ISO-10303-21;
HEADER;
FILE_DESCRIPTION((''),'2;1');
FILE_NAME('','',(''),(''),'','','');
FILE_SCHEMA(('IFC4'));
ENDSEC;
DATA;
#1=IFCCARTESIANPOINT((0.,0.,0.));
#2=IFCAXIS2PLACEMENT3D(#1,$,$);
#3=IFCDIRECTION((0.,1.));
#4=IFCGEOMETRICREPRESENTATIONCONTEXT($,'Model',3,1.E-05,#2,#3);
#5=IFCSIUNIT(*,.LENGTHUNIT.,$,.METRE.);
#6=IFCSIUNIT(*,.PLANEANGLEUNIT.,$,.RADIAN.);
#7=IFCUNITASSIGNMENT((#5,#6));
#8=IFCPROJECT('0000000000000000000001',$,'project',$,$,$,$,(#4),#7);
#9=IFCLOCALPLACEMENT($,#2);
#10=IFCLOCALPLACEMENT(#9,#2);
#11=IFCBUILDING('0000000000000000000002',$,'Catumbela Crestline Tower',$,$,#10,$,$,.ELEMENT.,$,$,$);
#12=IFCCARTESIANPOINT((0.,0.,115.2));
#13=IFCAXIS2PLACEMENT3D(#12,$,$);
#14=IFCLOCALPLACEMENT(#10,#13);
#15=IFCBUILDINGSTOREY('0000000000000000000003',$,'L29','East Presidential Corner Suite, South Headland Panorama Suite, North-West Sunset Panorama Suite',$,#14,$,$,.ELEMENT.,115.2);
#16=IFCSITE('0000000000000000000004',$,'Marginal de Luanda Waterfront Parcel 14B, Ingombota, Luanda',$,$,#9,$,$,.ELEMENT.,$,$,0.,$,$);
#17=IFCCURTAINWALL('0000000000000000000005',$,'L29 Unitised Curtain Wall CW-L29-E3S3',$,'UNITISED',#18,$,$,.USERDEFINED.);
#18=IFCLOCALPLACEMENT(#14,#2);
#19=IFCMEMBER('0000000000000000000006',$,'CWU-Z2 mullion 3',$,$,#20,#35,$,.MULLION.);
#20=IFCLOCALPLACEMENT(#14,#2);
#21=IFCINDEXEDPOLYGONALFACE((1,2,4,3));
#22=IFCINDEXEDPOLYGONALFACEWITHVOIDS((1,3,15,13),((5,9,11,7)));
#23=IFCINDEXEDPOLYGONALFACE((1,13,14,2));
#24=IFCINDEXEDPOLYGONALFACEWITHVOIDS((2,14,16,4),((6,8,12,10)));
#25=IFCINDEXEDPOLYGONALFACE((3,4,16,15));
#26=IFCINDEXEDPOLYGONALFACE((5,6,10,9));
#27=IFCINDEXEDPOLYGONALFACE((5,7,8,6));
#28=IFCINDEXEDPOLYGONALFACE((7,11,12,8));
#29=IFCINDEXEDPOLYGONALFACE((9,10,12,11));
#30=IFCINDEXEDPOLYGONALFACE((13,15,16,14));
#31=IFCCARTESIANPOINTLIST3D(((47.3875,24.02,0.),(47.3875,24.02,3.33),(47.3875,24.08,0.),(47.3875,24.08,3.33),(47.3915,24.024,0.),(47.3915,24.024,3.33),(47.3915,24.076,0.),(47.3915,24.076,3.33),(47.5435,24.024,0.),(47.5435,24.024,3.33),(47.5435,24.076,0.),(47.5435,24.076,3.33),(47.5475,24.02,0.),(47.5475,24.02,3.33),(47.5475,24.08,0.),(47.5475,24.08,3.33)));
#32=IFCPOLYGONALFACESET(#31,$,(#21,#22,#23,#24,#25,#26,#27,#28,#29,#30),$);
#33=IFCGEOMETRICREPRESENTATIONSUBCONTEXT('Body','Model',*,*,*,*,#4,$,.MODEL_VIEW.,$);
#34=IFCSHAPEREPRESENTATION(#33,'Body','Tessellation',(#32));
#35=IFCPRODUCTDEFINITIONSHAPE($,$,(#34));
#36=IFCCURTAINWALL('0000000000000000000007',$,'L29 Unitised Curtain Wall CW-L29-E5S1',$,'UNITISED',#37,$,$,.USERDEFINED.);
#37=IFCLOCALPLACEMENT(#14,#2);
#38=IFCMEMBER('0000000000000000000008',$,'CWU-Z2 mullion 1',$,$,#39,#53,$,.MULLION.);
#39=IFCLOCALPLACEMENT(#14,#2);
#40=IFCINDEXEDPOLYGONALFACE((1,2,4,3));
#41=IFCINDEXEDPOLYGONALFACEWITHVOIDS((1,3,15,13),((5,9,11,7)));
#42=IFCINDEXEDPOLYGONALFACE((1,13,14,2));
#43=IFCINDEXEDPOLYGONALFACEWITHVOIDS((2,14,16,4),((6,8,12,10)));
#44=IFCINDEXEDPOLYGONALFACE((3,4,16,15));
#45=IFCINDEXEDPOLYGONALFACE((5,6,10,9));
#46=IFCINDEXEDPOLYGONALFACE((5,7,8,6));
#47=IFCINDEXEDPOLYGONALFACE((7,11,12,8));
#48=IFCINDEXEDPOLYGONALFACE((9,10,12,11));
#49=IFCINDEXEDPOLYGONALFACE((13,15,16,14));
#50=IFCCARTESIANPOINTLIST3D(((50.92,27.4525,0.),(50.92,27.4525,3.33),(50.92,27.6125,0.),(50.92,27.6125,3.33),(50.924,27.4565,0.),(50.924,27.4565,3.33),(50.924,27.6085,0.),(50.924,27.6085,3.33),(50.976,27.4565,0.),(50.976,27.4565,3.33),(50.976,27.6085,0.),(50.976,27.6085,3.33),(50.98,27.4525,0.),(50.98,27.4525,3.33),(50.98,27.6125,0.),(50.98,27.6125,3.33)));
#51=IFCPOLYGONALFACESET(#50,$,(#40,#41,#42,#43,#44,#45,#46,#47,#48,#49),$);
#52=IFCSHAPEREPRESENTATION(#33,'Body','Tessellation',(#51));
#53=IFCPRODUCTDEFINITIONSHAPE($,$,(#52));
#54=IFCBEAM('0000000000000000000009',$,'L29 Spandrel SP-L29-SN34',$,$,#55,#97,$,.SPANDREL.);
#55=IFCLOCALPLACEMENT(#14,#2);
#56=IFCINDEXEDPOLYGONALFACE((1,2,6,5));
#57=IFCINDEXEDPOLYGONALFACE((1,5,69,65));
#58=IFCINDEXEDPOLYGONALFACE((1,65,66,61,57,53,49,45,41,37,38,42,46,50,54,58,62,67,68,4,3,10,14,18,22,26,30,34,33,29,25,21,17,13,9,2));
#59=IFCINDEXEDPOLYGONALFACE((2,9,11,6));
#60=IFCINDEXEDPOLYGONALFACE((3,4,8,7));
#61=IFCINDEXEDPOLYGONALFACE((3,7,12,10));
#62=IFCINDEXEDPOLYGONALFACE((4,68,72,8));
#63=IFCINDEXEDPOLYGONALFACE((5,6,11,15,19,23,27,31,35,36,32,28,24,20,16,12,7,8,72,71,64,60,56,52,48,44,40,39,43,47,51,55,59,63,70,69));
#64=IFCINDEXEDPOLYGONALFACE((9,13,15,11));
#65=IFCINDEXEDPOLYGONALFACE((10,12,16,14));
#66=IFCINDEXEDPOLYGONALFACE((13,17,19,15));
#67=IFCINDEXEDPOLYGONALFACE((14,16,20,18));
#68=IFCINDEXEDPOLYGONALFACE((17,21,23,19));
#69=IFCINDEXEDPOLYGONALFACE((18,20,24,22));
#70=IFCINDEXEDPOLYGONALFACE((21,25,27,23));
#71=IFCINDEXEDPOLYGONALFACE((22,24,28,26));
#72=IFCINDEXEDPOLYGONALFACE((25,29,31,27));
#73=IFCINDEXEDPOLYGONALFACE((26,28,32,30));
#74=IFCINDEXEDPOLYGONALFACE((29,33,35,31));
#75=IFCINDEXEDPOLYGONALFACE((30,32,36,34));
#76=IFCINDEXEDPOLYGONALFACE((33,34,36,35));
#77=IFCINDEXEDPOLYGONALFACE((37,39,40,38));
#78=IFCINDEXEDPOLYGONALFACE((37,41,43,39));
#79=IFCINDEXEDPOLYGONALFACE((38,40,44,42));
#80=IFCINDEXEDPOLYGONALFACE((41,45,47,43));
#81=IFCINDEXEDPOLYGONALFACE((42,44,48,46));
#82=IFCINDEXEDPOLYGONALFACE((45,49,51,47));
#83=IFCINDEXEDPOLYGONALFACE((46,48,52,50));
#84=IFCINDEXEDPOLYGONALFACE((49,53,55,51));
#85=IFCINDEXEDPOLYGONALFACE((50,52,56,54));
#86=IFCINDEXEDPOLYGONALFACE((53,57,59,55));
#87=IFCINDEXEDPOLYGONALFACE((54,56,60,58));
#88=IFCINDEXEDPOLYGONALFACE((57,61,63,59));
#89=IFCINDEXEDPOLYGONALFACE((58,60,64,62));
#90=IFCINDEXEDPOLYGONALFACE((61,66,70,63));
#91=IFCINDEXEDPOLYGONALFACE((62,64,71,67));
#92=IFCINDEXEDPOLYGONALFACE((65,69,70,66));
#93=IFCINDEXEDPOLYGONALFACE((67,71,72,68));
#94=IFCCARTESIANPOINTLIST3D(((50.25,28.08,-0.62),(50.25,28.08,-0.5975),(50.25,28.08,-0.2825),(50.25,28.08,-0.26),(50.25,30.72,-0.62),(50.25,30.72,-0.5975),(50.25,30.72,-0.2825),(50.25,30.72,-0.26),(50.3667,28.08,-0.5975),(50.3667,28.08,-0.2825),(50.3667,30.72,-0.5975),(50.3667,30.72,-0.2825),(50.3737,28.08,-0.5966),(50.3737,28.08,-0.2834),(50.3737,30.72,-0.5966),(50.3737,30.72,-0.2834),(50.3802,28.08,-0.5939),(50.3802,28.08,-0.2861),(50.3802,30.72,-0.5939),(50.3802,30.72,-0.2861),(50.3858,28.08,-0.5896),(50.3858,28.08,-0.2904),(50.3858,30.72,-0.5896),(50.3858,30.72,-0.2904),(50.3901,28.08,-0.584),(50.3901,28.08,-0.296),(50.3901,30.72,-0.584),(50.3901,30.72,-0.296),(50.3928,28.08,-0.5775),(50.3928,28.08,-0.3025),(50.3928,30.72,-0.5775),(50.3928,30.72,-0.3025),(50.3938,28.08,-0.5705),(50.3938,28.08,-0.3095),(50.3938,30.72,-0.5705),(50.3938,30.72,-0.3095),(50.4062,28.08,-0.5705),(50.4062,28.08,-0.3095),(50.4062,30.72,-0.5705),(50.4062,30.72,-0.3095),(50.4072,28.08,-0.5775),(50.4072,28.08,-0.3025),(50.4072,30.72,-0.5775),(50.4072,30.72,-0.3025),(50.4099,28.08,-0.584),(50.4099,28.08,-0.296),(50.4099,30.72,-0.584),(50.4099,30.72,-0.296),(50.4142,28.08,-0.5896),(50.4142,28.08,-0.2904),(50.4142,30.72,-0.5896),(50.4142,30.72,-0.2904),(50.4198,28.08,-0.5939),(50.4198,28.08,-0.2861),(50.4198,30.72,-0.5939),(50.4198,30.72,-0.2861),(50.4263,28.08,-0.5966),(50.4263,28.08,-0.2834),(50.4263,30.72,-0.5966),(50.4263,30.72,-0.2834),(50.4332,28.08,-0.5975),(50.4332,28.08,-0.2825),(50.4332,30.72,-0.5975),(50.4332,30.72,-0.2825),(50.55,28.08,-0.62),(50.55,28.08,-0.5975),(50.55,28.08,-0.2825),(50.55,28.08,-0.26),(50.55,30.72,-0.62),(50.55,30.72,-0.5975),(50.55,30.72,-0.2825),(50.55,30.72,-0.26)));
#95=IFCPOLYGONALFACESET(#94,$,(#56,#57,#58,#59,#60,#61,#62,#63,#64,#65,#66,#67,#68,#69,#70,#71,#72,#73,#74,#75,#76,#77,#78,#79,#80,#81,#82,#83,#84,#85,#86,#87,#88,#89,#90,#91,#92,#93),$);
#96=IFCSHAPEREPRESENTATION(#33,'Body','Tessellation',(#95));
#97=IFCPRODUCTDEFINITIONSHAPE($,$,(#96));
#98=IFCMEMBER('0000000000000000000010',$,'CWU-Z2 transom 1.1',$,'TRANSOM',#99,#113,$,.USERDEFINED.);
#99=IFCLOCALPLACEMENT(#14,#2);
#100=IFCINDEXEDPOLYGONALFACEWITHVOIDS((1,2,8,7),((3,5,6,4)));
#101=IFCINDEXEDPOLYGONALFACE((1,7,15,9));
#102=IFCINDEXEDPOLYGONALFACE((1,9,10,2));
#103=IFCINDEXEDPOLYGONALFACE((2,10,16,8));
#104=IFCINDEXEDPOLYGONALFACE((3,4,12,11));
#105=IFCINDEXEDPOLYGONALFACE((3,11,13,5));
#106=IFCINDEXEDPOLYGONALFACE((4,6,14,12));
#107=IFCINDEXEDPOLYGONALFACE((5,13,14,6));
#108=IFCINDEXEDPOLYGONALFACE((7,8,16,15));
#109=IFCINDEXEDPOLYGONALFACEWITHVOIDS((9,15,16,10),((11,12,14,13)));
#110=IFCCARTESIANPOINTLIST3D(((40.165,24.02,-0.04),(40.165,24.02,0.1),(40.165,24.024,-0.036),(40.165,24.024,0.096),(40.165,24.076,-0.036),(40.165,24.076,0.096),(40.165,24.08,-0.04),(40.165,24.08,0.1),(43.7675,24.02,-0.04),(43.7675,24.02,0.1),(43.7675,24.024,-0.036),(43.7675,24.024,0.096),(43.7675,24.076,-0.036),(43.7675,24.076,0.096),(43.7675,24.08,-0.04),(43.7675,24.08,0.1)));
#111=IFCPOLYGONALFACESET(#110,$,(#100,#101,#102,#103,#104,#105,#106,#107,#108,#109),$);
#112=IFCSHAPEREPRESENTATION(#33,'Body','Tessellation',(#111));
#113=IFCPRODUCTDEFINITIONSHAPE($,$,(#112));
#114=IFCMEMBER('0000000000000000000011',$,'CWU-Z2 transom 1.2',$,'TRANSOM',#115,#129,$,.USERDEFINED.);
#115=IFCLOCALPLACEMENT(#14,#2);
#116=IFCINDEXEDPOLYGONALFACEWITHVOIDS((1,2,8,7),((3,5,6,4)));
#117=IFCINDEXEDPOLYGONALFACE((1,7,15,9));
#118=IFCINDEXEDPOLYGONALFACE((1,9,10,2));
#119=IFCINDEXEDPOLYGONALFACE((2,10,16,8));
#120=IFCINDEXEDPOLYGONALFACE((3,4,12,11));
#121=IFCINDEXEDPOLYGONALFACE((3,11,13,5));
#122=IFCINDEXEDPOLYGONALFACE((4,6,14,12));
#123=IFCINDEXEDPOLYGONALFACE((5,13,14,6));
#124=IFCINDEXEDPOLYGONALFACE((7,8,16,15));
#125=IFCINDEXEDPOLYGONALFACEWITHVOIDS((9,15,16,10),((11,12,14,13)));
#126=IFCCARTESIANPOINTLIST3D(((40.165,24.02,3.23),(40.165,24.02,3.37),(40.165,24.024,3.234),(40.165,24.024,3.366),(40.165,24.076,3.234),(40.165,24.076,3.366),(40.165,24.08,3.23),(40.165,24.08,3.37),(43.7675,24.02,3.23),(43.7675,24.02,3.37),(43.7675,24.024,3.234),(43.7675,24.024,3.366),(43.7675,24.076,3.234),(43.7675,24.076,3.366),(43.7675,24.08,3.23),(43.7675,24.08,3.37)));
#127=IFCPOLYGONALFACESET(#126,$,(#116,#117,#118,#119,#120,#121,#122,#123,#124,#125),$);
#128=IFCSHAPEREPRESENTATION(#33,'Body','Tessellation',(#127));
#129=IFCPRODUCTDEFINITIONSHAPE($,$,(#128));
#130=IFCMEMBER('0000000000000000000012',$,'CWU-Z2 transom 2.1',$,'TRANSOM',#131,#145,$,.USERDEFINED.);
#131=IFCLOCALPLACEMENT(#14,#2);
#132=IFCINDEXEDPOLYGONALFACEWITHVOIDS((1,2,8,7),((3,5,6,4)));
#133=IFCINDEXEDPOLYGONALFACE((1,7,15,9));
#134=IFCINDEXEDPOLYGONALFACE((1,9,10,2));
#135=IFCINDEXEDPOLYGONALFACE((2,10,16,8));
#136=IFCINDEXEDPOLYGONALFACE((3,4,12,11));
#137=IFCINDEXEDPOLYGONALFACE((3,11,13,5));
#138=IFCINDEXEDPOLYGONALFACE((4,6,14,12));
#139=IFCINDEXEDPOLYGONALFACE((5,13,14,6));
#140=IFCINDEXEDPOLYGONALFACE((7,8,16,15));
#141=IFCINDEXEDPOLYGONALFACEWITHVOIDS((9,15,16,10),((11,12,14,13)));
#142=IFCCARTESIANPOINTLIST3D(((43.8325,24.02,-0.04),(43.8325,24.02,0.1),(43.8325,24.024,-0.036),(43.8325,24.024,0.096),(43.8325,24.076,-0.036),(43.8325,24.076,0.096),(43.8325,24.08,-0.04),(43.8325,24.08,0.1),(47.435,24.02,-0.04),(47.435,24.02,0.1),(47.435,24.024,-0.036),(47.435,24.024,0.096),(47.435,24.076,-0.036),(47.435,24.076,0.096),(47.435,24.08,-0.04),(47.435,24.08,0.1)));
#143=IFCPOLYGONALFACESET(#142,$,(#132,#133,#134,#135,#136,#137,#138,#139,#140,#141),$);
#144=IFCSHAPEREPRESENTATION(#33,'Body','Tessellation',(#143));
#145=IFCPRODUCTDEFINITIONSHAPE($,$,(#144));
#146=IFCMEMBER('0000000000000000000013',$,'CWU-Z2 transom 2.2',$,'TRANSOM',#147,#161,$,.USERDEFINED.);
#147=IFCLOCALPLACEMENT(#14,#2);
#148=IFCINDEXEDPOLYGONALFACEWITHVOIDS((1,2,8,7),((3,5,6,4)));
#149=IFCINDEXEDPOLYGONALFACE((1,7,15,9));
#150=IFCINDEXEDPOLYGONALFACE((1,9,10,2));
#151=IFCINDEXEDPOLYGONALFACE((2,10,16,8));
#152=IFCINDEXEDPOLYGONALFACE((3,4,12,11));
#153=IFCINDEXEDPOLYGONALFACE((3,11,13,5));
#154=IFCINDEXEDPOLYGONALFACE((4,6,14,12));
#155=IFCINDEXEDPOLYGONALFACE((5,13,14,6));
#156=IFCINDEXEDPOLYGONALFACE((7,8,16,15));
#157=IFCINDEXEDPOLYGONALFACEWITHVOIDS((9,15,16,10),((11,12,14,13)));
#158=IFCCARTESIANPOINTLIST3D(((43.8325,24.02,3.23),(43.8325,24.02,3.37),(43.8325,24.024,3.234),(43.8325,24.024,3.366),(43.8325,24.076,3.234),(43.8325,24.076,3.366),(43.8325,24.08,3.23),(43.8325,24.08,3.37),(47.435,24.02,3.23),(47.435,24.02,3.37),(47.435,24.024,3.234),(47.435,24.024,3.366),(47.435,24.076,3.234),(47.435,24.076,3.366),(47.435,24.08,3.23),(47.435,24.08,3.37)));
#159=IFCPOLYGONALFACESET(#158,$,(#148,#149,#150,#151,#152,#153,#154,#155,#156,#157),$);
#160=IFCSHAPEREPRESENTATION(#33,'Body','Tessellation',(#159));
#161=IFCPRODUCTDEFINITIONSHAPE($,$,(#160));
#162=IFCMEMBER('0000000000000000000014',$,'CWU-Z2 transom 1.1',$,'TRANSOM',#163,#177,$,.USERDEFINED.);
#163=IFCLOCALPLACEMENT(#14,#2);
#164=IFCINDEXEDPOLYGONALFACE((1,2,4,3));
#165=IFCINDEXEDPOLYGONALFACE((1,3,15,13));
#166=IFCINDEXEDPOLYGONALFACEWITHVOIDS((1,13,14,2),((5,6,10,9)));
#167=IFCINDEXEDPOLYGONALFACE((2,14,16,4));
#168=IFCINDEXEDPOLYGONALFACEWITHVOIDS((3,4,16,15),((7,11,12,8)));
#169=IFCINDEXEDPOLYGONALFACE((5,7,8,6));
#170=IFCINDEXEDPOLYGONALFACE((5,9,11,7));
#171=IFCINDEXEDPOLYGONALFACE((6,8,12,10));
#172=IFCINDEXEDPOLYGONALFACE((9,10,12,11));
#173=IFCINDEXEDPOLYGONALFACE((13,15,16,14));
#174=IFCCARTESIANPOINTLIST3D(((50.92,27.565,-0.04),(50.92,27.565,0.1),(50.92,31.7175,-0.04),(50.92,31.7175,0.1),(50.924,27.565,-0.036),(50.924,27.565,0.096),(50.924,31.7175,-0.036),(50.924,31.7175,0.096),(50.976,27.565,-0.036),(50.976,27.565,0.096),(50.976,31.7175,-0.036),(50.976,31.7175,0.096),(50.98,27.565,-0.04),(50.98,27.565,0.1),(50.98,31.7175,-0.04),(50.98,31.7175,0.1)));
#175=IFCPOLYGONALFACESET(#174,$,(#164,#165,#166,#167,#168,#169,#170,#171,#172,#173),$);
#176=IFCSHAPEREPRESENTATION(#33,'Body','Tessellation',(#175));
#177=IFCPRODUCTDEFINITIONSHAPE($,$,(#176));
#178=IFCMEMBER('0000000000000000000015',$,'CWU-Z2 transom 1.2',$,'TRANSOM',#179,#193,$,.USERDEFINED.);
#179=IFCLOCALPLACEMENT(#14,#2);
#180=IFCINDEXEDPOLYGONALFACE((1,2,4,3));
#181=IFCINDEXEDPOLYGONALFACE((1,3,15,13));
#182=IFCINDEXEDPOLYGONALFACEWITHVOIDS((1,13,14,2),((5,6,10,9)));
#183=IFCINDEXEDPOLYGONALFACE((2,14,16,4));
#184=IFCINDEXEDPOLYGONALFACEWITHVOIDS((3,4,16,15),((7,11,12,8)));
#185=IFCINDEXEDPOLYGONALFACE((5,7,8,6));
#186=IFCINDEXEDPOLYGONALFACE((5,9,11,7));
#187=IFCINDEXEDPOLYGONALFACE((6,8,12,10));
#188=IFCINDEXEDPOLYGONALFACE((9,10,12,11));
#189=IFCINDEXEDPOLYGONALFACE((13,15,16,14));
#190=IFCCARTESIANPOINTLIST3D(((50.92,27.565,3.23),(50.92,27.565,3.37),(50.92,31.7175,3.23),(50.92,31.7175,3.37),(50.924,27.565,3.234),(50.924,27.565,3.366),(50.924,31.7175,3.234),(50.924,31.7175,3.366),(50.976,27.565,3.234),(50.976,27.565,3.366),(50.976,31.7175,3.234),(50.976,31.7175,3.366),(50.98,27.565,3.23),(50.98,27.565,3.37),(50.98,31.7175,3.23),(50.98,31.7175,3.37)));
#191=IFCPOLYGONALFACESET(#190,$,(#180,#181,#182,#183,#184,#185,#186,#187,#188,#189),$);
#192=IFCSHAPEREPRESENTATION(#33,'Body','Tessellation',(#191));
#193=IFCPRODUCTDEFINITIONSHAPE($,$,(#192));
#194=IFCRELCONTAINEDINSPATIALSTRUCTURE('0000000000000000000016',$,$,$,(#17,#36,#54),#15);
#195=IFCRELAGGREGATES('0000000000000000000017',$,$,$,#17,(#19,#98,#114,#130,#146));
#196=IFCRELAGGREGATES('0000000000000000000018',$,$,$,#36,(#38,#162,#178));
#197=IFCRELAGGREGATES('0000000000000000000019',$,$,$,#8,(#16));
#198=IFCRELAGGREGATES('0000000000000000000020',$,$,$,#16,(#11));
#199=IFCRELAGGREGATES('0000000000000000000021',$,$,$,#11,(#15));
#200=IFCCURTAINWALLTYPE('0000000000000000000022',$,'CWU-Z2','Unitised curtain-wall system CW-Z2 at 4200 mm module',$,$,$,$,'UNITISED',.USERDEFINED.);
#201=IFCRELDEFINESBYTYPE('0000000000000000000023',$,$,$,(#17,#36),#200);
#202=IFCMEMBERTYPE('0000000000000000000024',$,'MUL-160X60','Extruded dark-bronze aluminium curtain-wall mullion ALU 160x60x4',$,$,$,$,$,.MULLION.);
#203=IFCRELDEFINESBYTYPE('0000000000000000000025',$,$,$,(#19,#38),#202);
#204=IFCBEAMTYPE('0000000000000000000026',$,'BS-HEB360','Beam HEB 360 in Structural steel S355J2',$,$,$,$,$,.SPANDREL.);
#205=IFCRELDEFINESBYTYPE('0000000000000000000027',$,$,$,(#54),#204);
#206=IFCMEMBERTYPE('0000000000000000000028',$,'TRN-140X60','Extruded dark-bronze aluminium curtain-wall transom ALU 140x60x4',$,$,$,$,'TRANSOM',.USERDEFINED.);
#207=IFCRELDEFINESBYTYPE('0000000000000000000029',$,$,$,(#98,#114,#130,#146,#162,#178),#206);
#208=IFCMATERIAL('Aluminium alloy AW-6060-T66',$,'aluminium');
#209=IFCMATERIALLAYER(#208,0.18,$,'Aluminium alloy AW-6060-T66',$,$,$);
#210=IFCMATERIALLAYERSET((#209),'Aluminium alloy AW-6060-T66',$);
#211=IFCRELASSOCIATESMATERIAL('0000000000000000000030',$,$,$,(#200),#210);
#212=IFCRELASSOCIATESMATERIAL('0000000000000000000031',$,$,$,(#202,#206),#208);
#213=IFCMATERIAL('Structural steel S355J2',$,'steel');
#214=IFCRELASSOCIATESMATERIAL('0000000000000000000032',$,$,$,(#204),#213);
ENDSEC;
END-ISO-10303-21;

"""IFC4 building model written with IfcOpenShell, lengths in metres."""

from ifc_helpers import new_model, si_unit, direction, frame, origin, origin_2d, place, context, subcontext, project, spatial, hollow_rectangle, i_section, extrude, material, layer, layer_set, material_profile, profile_set, type_object, element, aggregate, save


model = new_model("IFC4")

# Units and contexts
model_context = context("Model", 3, precision=1e-05, world=origin(), true_north=direction((0.0, 1.0)))
body_context = subcontext(model_context, "Body", "Model", "MODEL_VIEW")
ifc_project = project(units=[si_unit("LENGTHUNIT", "METRE"), si_unit("PLANEANGLEUNIT", "RADIAN")], contexts=[model_context])

# Site, building, storey
site_placement = place(None, origin())
site = spatial("IfcSite", under=ifc_project, at=site_placement, Name="Marginal de Luanda Waterfront Parcel 14B, Ingombota, Luanda", CompositionType="ELEMENT", RefElevation=0.0)
building_placement = place(site_placement, origin())
building = spatial("IfcBuilding", under=site, at=building_placement, Name="Catumbela Crestline Tower", CompositionType="ELEMENT")
storey_placement = place(building_placement, frame((0.0, 0.0, 115.2)))
storey = spatial("IfcBuildingStorey", under=building, at=storey_placement, Name="L29", Description="East Presidential Corner Suite, South Headland Panorama Suite, North-West Sunset Panorama Suite", CompositionType="ELEMENT", Elevation=115.2)

# Shared definitions
ifc_material_1 = material(Name="Structural steel S355J2", Category="steel")

# Shared definitions
ifc_material_2 = material(Name="Aluminium alloy AW-6060-T66", Category="aluminium")
ifc_layer_1 = layer(ifc_material_2, 0.18, Name="Aluminium alloy AW-6060-T66")
ifc_layer_set_1 = layer_set([ifc_layer_1], Name="Aluminium alloy AW-6060-T66")
curtain_wall_type = type_object("IfcCurtainWallType", Name="CWU-Z2", Description="Unitised curtain-wall system CW-Z2 at 4200 mm module", ElementType="UNITISED", PredefinedType="USERDEFINED", material=ifc_layer_set_1)
ifc_material_profile_1 = material_profile(ifc_material_2, hollow_rectangle(XDim=0.06, YDim=0.16, WallThickness=0.004, at=origin_2d()), Name="ALU 160x60x4")
ifc_profile_set_1 = profile_set([ifc_material_profile_1], Name="Aluminium alloy AW-6060-T66")
member_type_1 = type_object("IfcMemberType", Name="MUL-160X60", Description="Extruded dark-bronze aluminium curtain-wall mullion ALU 160x60x4", PredefinedType="MULLION", material=ifc_profile_set_1)

# Curtain wall, member
curtain_wall_1_placement = place(storey_placement, origin())
curtain_wall_1 = element("IfcCurtainWall", 1, at=curtain_wall_1_placement, inside=storey, type_object=curtain_wall_type, Name="L29 Unitised Curtain Wall CW-L29-E3S3", ObjectType="UNITISED", PredefinedType="USERDEFINED")
member_1_placement = place(storey_placement, frame((47.4675, 24.05, 0.0), z_axis=(0.0, 0.0, 1.0), x_axis=(0.0, 1.0, 0.0)))
member_1 = element("IfcMember", 2, at=member_1_placement, type_object=member_type_1, Name="CWU-Z2 mullion 3", PredefinedType="MULLION", context=body_context, shape_type="SweptSolid", body=[
    extrude(hollow_rectangle(XDim=0.06, YDim=0.16, WallThickness=0.004, at=origin_2d()), origin(), (0.0, 0.0, 1.0), 3.33),
])

# Curtain wall, member
curtain_wall_2_placement = place(storey_placement, origin())
curtain_wall_2 = element("IfcCurtainWall", 3, at=curtain_wall_2_placement, inside=storey, type_object=curtain_wall_type, Name="L29 Unitised Curtain Wall CW-L29-E5S1", ObjectType="UNITISED", PredefinedType="USERDEFINED")
member_2_placement = place(storey_placement, frame((50.95, 27.5325, 0.0), z_axis=(0.0, 0.0, 1.0), x_axis=(-1.0, 0.0, 0.0)))
member_2 = element("IfcMember", 4, at=member_2_placement, type_object=member_type_1, Name="CWU-Z2 mullion 1", PredefinedType="MULLION", context=body_context, shape_type="SweptSolid", body=[
    extrude(hollow_rectangle(XDim=0.06, YDim=0.16, WallThickness=0.004, at=origin_2d()), origin(), (0.0, 0.0, 1.0), 3.33),
])

# Beam
ifc_material_profile_2 = material_profile(ifc_material_1, i_section(OverallWidth=0.3, OverallDepth=0.36, WebThickness=0.0125, FlangeThickness=0.0225, FilletRadius=0.027, at=origin_2d()), Name="HEB 360")
ifc_profile_set_2 = profile_set([ifc_material_profile_2], Name="Structural steel S355J2")
beam_type_1 = type_object("IfcBeamType", Name="BS-HEB360", Description="Beam HEB 360 in Structural steel S355J2", PredefinedType="SPANDREL", material=ifc_profile_set_2)
beam_1_placement = place(storey_placement, frame((50.4, 28.08, -0.44), z_axis=(0.0, 1.0, 0.0), x_axis=(-1.0, 0.0, 0.0)))
element("IfcBeam", 5, at=beam_1_placement, inside=storey, type_object=beam_type_1, Name="L29 Spandrel SP-L29-SN34", PredefinedType="SPANDREL", context=body_context, shape_type="SweptSolid", body=[
    extrude(i_section(OverallWidth=0.3, OverallDepth=0.36, WebThickness=0.0125, FlangeThickness=0.0225, FilletRadius=0.027, at=origin_2d()), origin(), (0.0, 0.0, 1.0), 2.64),
])

# Members
ifc_material_profile_3 = material_profile(ifc_material_2, hollow_rectangle(XDim=0.06, YDim=0.14, WallThickness=0.004, at=origin_2d()), Name="ALU 140x60x4")
ifc_profile_set_3 = profile_set([ifc_material_profile_3], Name="Aluminium alloy AW-6060-T66")
member_type_2 = type_object("IfcMemberType", Name="TRN-140X60", Description="Extruded dark-bronze aluminium curtain-wall transom ALU 140x60x4", ElementType="TRANSOM", PredefinedType="USERDEFINED", material=ifc_profile_set_3)
member_3_placement = place(storey_placement, frame((40.165, 24.05, 0.03), z_axis=(1.0, 0.0, 0.0), x_axis=(0.0, 1.0, 0.0)))
member_3 = element("IfcMember", 6, at=member_3_placement, type_object=member_type_2, Name="CWU-Z2 transom 1.1", ObjectType="TRANSOM", PredefinedType="USERDEFINED", context=body_context, shape_type="SweptSolid", body=[
    extrude(hollow_rectangle(XDim=0.06, YDim=0.14, WallThickness=0.004, at=origin_2d()), origin(), (0.0, 0.0, 1.0), 3.6025),
])
member_4_placement = place(storey_placement, frame((40.165, 24.05, 3.3), z_axis=(1.0, 0.0, 0.0), x_axis=(0.0, 1.0, 0.0)))
member_4 = element("IfcMember", 7, at=member_4_placement, type_object=member_type_2, Name="CWU-Z2 transom 1.2", ObjectType="TRANSOM", PredefinedType="USERDEFINED", context=body_context, shape_type="SweptSolid", body=[
    extrude(hollow_rectangle(XDim=0.06, YDim=0.14, WallThickness=0.004, at=origin_2d()), origin(), (0.0, 0.0, 1.0), 3.6025),
])
member_5_placement = place(storey_placement, frame((43.8325, 24.05, 0.03), z_axis=(1.0, 0.0, 0.0), x_axis=(0.0, 1.0, 0.0)))
member_5 = element("IfcMember", 8, at=member_5_placement, type_object=member_type_2, Name="CWU-Z2 transom 2.1", ObjectType="TRANSOM", PredefinedType="USERDEFINED", context=body_context, shape_type="SweptSolid", body=[
    extrude(hollow_rectangle(XDim=0.06, YDim=0.14, WallThickness=0.004, at=origin_2d()), origin(), (0.0, 0.0, 1.0), 3.6025),
])
member_6_placement = place(storey_placement, frame((43.8325, 24.05, 3.3), z_axis=(1.0, 0.0, 0.0), x_axis=(0.0, 1.0, 0.0)))
member_6 = element("IfcMember", 9, at=member_6_placement, type_object=member_type_2, Name="CWU-Z2 transom 2.2", ObjectType="TRANSOM", PredefinedType="USERDEFINED", context=body_context, shape_type="SweptSolid", body=[
    extrude(hollow_rectangle(XDim=0.06, YDim=0.14, WallThickness=0.004, at=origin_2d()), origin(), (0.0, 0.0, 1.0), 3.6025),
])
member_7_placement = place(storey_placement, frame((50.95, 27.565, 0.03), z_axis=(0.0, 1.0, 0.0), x_axis=(-1.0, 0.0, 0.0)))
member_7 = element("IfcMember", 10, at=member_7_placement, type_object=member_type_2, Name="CWU-Z2 transom 1.1", ObjectType="TRANSOM", PredefinedType="USERDEFINED", context=body_context, shape_type="SweptSolid", body=[
    extrude(hollow_rectangle(XDim=0.06, YDim=0.14, WallThickness=0.004, at=origin_2d()), origin(), (0.0, 0.0, 1.0), 4.1525),
])
member_8_placement = place(storey_placement, frame((50.95, 27.565, 3.3), z_axis=(0.0, 1.0, 0.0), x_axis=(-1.0, 0.0, 0.0)))
member_8 = element("IfcMember", 11, at=member_8_placement, type_object=member_type_2, Name="CWU-Z2 transom 1.2", ObjectType="TRANSOM", PredefinedType="USERDEFINED", context=body_context, shape_type="SweptSolid", body=[
    extrude(hollow_rectangle(XDim=0.06, YDim=0.14, WallThickness=0.004, at=origin_2d()), origin(), (0.0, 0.0, 1.0), 4.1525),
])

aggregate(curtain_wall_1, [member_1, member_3, member_4, member_5, member_6])
aggregate(curtain_wall_2, [member_2, member_7, member_8])

save(model, "model.ifc")
